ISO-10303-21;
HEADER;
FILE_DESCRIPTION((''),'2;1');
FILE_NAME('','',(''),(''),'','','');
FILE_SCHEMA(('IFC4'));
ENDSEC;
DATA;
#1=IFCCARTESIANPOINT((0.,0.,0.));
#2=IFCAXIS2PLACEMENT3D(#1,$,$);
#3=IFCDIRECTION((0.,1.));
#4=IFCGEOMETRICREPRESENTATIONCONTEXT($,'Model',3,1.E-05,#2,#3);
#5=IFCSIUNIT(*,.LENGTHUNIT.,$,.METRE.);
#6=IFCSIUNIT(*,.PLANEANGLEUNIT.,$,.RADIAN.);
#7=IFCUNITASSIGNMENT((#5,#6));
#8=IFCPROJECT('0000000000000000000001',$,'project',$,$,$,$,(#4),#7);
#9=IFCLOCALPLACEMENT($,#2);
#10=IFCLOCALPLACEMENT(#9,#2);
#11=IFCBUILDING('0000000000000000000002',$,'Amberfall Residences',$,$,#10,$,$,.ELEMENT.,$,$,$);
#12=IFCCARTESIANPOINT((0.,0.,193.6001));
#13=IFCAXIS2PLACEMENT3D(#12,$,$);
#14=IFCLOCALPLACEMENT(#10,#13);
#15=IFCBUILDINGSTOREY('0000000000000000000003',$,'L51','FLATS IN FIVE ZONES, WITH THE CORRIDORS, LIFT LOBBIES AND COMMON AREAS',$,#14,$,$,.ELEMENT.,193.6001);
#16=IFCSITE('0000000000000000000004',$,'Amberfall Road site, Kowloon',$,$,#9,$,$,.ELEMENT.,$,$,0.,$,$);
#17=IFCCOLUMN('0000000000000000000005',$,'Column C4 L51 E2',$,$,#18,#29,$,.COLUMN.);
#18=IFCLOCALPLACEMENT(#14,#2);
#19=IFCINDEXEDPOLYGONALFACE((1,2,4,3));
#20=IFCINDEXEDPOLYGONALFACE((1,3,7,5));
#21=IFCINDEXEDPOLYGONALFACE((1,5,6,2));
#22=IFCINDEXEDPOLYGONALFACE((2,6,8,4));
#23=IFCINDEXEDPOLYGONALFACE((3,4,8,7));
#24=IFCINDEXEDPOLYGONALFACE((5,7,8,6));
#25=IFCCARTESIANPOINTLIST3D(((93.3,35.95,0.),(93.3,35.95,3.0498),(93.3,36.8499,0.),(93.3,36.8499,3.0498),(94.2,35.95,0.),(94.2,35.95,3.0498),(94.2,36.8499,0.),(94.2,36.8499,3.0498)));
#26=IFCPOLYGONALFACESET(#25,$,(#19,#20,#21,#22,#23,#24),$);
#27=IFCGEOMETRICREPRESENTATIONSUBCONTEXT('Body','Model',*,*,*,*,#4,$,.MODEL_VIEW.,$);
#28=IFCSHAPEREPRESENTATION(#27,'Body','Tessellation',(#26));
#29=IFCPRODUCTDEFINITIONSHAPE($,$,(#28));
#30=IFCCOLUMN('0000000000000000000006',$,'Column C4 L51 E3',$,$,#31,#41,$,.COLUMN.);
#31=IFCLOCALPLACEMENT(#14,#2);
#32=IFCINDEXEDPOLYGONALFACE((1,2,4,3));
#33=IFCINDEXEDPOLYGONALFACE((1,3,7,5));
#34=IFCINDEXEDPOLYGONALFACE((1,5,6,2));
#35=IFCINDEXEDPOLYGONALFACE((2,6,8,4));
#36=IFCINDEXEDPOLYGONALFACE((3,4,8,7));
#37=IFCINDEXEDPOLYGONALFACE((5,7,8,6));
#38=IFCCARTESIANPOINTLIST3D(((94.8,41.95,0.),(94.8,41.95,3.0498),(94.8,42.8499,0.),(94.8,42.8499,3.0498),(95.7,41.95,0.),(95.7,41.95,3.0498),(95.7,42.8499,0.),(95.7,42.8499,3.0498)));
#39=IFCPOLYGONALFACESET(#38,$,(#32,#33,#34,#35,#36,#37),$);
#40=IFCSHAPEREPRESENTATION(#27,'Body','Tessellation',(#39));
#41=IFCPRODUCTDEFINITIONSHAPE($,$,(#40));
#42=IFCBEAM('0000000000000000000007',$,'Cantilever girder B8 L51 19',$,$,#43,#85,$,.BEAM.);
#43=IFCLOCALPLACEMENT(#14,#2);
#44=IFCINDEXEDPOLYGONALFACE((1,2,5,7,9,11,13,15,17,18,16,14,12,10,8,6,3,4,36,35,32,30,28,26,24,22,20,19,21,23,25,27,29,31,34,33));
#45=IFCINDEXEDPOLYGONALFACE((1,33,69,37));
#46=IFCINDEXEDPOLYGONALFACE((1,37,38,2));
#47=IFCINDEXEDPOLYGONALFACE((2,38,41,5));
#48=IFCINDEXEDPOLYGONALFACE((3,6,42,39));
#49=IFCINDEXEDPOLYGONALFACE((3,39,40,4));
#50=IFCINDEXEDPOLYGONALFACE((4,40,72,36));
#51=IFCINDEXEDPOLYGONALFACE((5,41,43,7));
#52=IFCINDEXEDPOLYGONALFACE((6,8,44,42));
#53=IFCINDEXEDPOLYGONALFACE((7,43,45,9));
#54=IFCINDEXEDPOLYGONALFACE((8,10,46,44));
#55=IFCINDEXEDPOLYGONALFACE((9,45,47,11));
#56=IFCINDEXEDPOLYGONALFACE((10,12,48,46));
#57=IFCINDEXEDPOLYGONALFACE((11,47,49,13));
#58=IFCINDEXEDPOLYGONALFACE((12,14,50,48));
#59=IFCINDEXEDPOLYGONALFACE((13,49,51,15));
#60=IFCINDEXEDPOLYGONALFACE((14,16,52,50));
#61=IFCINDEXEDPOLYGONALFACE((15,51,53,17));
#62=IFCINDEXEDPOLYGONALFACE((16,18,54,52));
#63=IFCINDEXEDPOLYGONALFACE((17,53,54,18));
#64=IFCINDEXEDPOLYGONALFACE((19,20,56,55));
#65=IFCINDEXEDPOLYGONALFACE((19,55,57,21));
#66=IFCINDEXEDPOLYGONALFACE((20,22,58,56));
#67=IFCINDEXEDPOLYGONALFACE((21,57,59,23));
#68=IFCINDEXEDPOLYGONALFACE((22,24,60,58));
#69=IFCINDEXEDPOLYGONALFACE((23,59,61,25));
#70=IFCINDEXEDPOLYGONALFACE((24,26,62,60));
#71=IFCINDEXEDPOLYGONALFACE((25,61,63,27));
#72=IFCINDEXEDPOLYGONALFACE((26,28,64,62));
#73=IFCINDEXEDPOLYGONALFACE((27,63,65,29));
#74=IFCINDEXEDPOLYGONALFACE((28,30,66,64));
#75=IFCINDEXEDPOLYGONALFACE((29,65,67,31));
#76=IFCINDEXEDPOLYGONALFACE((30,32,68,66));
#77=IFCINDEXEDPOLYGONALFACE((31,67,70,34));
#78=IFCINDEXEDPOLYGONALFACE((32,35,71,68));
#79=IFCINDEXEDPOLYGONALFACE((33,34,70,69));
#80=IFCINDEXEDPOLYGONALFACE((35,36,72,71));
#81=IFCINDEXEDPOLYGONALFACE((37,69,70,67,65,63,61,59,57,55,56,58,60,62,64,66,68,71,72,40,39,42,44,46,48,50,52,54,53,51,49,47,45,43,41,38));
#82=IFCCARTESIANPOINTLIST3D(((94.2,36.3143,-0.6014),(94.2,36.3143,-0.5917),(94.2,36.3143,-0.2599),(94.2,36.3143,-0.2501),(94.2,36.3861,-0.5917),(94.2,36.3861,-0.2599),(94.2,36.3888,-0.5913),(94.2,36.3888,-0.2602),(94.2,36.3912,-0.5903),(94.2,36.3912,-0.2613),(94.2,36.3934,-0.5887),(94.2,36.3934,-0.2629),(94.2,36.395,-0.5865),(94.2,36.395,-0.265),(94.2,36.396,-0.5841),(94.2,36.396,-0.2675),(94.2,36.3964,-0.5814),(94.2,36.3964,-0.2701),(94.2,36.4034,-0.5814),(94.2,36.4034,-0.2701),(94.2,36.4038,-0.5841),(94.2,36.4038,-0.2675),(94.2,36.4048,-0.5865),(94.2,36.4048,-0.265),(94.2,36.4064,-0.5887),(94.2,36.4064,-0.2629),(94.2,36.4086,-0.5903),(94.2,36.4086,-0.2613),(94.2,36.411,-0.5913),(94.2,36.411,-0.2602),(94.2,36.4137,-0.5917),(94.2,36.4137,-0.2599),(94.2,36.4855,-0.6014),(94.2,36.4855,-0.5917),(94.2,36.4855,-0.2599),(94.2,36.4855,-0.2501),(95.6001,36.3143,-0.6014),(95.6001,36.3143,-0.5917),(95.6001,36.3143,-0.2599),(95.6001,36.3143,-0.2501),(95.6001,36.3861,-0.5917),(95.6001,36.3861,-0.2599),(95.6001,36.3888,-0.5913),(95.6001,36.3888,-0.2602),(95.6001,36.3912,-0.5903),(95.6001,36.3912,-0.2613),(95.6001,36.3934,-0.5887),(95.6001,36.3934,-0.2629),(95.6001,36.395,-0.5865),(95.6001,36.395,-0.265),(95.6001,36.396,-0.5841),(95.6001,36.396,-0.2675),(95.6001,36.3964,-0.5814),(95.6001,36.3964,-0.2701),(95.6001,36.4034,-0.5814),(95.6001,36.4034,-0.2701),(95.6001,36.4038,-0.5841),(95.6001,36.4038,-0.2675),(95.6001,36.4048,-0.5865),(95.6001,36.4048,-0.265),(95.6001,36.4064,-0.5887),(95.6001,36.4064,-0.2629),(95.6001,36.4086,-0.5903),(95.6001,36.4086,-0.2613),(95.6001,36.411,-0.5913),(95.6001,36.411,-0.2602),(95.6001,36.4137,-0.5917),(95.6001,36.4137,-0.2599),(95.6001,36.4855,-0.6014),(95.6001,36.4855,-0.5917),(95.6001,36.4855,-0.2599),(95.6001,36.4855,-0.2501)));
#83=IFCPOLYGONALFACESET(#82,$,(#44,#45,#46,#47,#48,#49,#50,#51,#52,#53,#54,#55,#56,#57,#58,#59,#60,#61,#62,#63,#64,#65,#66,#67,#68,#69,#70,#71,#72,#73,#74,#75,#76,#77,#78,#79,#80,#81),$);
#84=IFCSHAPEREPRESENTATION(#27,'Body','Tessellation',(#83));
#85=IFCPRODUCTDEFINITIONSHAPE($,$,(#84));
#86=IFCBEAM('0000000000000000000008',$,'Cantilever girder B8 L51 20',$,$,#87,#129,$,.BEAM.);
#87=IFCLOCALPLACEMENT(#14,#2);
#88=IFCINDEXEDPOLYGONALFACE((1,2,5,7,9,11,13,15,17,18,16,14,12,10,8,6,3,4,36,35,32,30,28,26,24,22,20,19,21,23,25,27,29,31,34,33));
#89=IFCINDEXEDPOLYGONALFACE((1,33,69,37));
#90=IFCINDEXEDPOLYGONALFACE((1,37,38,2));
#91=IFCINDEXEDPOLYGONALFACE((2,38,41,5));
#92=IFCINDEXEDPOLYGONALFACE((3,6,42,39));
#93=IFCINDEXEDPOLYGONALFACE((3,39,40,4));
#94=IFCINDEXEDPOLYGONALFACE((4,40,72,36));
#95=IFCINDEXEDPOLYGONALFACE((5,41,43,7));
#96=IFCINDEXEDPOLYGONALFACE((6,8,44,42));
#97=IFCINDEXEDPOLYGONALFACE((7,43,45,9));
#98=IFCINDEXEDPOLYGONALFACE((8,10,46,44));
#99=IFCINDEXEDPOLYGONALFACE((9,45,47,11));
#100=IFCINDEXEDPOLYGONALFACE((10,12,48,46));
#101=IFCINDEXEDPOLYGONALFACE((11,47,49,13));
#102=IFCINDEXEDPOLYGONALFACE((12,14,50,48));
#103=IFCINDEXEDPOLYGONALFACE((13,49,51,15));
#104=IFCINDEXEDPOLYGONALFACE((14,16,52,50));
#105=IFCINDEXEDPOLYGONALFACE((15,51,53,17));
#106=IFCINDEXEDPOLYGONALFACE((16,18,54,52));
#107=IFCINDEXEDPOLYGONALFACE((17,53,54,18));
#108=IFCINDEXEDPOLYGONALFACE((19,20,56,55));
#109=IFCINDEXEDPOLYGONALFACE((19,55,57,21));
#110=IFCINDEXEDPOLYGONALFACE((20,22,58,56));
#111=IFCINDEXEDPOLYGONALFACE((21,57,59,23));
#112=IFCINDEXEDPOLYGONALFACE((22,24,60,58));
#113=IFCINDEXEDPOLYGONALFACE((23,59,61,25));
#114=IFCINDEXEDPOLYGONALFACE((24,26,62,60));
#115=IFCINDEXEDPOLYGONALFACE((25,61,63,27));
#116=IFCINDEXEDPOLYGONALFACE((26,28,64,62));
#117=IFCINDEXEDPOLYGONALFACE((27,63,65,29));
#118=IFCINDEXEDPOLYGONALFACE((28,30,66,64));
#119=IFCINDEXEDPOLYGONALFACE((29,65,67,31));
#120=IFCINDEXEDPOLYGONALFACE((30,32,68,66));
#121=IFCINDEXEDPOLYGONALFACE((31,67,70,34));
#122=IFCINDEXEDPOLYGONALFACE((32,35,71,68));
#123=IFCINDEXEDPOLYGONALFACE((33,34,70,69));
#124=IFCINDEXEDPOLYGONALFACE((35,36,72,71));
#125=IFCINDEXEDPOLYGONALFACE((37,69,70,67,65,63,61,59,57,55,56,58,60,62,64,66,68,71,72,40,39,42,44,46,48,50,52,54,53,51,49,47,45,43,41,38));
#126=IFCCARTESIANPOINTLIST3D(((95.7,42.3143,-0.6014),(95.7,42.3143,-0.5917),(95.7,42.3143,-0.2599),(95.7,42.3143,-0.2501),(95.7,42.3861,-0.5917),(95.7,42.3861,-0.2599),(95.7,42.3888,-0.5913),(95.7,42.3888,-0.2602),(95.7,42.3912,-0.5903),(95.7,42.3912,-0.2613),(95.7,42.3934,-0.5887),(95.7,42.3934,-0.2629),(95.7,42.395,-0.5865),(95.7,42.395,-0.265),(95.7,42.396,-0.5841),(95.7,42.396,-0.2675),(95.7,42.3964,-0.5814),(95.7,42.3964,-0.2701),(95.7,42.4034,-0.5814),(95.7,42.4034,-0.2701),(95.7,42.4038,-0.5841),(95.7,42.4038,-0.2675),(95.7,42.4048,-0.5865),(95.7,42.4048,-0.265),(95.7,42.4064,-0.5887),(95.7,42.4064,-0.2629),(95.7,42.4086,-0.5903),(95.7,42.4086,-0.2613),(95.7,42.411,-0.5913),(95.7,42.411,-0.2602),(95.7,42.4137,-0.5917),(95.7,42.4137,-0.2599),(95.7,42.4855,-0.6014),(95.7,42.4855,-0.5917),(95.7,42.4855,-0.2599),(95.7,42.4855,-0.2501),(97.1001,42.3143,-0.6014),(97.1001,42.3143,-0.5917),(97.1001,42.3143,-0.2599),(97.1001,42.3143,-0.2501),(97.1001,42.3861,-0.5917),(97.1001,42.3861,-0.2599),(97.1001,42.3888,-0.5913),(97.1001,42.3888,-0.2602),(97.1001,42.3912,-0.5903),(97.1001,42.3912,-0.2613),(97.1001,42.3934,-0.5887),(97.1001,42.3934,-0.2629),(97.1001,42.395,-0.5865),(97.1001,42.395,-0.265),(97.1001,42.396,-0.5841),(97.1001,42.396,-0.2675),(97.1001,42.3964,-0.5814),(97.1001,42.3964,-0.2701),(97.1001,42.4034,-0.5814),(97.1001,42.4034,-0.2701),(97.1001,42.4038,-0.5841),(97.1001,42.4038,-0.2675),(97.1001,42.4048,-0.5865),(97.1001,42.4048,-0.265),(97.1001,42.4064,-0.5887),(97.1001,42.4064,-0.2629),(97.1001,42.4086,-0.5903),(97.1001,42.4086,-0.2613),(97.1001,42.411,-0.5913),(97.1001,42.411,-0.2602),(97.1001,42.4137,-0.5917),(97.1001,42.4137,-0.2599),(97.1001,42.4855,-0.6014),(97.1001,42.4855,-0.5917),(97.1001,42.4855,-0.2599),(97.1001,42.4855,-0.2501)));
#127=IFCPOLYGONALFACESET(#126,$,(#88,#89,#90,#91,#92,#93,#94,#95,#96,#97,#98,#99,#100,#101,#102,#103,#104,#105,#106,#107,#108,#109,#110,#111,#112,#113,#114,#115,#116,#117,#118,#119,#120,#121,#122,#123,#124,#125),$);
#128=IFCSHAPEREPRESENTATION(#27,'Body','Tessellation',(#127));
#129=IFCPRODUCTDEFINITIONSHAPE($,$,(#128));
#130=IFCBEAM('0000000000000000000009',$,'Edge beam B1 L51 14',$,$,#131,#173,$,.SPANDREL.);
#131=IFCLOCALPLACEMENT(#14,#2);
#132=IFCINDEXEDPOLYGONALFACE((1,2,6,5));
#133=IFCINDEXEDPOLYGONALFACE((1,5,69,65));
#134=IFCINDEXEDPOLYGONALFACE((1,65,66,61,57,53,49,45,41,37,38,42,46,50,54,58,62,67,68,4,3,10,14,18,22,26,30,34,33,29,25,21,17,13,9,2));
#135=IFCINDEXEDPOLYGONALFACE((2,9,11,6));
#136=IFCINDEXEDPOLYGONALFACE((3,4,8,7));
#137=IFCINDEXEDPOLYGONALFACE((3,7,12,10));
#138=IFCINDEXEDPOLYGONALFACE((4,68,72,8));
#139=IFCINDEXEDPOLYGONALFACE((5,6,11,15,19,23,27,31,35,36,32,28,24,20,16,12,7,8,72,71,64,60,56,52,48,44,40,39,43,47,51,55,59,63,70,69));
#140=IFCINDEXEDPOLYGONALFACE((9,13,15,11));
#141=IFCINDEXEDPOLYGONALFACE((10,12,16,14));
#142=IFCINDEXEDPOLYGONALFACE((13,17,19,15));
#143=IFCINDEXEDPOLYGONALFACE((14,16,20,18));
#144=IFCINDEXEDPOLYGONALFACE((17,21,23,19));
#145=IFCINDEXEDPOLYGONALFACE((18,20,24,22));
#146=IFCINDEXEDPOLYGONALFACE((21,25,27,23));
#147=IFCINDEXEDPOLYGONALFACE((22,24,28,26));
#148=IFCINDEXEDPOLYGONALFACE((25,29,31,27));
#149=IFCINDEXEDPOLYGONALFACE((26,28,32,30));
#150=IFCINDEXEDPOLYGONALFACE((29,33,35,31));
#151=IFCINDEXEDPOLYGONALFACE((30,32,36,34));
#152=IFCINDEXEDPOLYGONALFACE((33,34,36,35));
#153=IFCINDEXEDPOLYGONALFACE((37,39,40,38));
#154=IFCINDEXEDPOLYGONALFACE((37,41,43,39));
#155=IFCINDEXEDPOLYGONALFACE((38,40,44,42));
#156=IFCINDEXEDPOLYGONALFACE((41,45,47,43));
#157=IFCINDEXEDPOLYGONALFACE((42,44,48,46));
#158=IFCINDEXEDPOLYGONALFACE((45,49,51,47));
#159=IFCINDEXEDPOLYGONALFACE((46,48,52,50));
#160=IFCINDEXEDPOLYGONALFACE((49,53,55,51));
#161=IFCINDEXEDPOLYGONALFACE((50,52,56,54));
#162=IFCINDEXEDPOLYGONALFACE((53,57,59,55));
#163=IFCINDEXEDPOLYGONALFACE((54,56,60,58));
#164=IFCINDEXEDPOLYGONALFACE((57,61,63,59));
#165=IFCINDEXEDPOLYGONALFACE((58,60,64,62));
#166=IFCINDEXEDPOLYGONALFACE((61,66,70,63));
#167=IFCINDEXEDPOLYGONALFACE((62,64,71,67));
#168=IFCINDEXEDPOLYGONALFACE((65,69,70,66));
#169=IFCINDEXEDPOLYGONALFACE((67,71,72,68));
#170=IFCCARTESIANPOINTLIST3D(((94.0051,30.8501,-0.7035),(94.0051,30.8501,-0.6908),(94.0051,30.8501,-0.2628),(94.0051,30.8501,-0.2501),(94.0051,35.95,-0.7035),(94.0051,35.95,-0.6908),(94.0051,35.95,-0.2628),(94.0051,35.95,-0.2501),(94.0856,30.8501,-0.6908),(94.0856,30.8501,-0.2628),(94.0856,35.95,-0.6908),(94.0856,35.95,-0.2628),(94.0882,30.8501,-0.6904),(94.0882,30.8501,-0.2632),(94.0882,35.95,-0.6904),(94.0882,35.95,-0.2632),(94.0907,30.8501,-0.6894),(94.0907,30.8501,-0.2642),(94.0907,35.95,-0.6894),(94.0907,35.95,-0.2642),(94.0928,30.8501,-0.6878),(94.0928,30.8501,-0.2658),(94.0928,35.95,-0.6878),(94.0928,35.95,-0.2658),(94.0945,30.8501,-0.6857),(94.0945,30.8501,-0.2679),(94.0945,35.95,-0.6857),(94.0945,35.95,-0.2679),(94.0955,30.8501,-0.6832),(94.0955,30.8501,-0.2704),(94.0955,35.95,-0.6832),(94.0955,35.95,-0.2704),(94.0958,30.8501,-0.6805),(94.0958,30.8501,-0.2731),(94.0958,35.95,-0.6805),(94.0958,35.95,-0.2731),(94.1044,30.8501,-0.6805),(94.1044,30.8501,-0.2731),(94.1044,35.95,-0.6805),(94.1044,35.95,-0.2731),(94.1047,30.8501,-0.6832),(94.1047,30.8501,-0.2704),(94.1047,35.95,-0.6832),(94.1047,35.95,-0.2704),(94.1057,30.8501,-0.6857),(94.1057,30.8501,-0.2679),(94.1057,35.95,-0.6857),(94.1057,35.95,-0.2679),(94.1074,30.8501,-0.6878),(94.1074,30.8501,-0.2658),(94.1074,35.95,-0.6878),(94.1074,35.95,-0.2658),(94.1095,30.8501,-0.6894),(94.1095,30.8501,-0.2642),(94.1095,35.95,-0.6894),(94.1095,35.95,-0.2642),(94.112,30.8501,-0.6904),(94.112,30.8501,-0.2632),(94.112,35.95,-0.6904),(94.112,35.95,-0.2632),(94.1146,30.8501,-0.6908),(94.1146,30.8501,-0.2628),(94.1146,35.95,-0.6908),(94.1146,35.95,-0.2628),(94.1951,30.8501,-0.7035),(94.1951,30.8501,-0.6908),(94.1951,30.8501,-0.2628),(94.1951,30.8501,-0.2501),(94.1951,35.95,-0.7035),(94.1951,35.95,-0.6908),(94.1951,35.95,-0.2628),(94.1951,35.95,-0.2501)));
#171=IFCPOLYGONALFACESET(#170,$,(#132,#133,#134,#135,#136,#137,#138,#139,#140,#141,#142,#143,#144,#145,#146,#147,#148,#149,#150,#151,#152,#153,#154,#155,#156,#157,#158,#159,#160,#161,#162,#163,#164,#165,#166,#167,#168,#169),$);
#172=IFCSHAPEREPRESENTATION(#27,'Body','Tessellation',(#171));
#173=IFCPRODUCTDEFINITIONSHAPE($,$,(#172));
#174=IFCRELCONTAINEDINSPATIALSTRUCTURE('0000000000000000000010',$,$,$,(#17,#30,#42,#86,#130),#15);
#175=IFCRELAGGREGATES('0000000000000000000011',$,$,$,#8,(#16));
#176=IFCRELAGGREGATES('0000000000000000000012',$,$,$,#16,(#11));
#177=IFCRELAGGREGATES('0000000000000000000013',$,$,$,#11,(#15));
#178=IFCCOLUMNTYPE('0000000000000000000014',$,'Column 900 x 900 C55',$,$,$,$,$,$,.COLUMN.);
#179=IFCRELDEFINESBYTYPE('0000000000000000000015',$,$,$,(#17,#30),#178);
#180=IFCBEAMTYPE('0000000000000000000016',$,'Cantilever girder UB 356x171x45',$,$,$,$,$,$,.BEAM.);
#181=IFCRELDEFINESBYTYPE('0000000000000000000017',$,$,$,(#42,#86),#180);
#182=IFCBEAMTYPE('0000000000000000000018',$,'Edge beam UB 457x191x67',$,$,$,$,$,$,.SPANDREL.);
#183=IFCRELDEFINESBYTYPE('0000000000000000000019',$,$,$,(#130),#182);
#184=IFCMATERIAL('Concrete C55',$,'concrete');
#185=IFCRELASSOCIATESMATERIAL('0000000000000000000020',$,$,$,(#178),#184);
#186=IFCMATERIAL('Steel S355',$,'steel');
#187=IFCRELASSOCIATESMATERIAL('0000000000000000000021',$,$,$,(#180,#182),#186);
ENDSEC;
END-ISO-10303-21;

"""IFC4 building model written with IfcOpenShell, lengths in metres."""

from ifc_helpers import new_model, si_unit, direction, frame, origin, origin_2d, place, context, subcontext, project, spatial, rectangle, i_section, extrude, material, material_profile, profile_set, type_object, element, save


model = new_model("IFC4")

# Units and contexts
model_context = context("Model", 3, precision=1e-05, world=origin(), true_north=direction((0.0, 1.0)))
body_context = subcontext(model_context, "Body", "Model", "MODEL_VIEW")
ifc_project = project(units=[si_unit("LENGTHUNIT", "METRE"), si_unit("PLANEANGLEUNIT", "RADIAN")], contexts=[model_context])

# Site, building, storey
site_placement = place(None, origin())
site = spatial("IfcSite", under=ifc_project, at=site_placement, Name="Amberfall Road site, Kowloon", CompositionType="ELEMENT", RefElevation=0.0)
building_placement = place(site_placement, origin())
building = spatial("IfcBuilding", under=site, at=building_placement, Name="Amberfall Residences", CompositionType="ELEMENT")
storey_placement = place(building_placement, frame((0.0, 0.0, 193.6001)))
storey = spatial("IfcBuildingStorey", under=building, at=storey_placement, Name="L51", Description="FLATS IN FIVE ZONES, WITH THE CORRIDORS, LIFT LOBBIES AND COMMON AREAS", CompositionType="ELEMENT", Elevation=193.6001)

# Columns
ifc_material_1 = material(Name="Concrete C55", Category="concrete")
ifc_material_profile_1 = material_profile(ifc_material_1, rectangle(XDim=0.8999, YDim=0.8999, at=origin_2d()), Name="Column 900 x 900 C55")
ifc_profile_set_1 = profile_set([ifc_material_profile_1], Name="Concrete C55")
column_type = type_object("IfcColumnType", Name="Column 900 x 900 C55", PredefinedType="COLUMN", material=ifc_profile_set_1)
for number, where, z_axis, x_axis, name in (
    (1, (93.75, 36.3999, 0.0), (0.0, 0.0, 1.0), (1.0, 0.0, 0.0), "Column C4 L51 E2"),
    (2, (95.25, 42.3999, 0.0), (0.0, 0.0, 1.0), (1.0, 0.0, 0.0), "Column C4 L51 E3"),
):
    element("IfcColumn", number, at=place(storey_placement, frame(where, z_axis=z_axis, x_axis=x_axis)), inside=storey, type_object=column_type, Name=name, PredefinedType="COLUMN", context=body_context, shape_type="SweptSolid", body=[
        extrude(rectangle(XDim=0.8999, YDim=0.8999, at=origin_2d()), origin(), (0.0, 0.0, 1.0), 3.0498),
    ])

# Beams
ifc_material_2 = material(Name="Steel S355", Category="steel")
ifc_material_profile_2 = material_profile(ifc_material_2, i_section(OverallWidth=0.1711, OverallDepth=0.3513, WebThickness=0.0071, FlangeThickness=0.0098, FilletRadius=0.0103, at=origin_2d()), Name="UB 356x171x45")
ifc_profile_set_2 = profile_set([ifc_material_profile_2], Name="Steel S355")
beam_type_1 = type_object("IfcBeamType", Name="Cantilever girder UB 356x171x45", PredefinedType="BEAM", material=ifc_profile_set_2)
for number, where, z_axis, x_axis, name in (
    (3, (94.2, 36.3999, -0.4258), (1.0, 0.0, 0.0), (0.0, 1.0, 0.0), "Cantilever girder B8 L51 19"),
    (4, (95.7, 42.3999, -0.4258), (1.0, 0.0, 0.0), (0.0, 1.0, 0.0), "Cantilever girder B8 L51 20"),
):
    element("IfcBeam", number, at=place(storey_placement, frame(where, z_axis=z_axis, x_axis=x_axis)), inside=storey, type_object=beam_type_1, Name=name, PredefinedType="BEAM", context=body_context, shape_type="SweptSolid", body=[
        extrude(i_section(OverallWidth=0.1711, OverallDepth=0.3513, WebThickness=0.0071, FlangeThickness=0.0098, FilletRadius=0.0103, at=origin_2d()), origin(), (0.0, 0.0, 1.0), 1.4001),
    ])
ifc_material_profile_3 = material_profile(ifc_material_2, i_section(OverallWidth=0.1899, OverallDepth=0.4534, WebThickness=0.0085, FlangeThickness=0.0127, FilletRadius=0.0103, at=origin_2d()), Name="UB 457x191x67")
ifc_profile_set_3 = profile_set([ifc_material_profile_3], Name="Steel S355")
beam_type_2 = type_object("IfcBeamType", Name="Edge beam UB 457x191x67", PredefinedType="SPANDREL", material=ifc_profile_set_3)
beam_1_placement = place(storey_placement, frame((94.1001, 30.8501, -0.4768), z_axis=(0.0, 1.0, 0.0), x_axis=(-1.0, 0.0, 0.0)))
element("IfcBeam", 5, at=beam_1_placement, inside=storey, type_object=beam_type_2, Name="Edge beam B1 L51 14", PredefinedType="SPANDREL", context=body_context, shape_type="SweptSolid", body=[
    extrude(i_section(OverallWidth=0.1899, OverallDepth=0.4534, WebThickness=0.0085, FlangeThickness=0.0127, FilletRadius=0.0103, at=origin_2d()), origin(), (0.0, 0.0, 1.0), 5.0999),
])

save(model, "model.ifc")
